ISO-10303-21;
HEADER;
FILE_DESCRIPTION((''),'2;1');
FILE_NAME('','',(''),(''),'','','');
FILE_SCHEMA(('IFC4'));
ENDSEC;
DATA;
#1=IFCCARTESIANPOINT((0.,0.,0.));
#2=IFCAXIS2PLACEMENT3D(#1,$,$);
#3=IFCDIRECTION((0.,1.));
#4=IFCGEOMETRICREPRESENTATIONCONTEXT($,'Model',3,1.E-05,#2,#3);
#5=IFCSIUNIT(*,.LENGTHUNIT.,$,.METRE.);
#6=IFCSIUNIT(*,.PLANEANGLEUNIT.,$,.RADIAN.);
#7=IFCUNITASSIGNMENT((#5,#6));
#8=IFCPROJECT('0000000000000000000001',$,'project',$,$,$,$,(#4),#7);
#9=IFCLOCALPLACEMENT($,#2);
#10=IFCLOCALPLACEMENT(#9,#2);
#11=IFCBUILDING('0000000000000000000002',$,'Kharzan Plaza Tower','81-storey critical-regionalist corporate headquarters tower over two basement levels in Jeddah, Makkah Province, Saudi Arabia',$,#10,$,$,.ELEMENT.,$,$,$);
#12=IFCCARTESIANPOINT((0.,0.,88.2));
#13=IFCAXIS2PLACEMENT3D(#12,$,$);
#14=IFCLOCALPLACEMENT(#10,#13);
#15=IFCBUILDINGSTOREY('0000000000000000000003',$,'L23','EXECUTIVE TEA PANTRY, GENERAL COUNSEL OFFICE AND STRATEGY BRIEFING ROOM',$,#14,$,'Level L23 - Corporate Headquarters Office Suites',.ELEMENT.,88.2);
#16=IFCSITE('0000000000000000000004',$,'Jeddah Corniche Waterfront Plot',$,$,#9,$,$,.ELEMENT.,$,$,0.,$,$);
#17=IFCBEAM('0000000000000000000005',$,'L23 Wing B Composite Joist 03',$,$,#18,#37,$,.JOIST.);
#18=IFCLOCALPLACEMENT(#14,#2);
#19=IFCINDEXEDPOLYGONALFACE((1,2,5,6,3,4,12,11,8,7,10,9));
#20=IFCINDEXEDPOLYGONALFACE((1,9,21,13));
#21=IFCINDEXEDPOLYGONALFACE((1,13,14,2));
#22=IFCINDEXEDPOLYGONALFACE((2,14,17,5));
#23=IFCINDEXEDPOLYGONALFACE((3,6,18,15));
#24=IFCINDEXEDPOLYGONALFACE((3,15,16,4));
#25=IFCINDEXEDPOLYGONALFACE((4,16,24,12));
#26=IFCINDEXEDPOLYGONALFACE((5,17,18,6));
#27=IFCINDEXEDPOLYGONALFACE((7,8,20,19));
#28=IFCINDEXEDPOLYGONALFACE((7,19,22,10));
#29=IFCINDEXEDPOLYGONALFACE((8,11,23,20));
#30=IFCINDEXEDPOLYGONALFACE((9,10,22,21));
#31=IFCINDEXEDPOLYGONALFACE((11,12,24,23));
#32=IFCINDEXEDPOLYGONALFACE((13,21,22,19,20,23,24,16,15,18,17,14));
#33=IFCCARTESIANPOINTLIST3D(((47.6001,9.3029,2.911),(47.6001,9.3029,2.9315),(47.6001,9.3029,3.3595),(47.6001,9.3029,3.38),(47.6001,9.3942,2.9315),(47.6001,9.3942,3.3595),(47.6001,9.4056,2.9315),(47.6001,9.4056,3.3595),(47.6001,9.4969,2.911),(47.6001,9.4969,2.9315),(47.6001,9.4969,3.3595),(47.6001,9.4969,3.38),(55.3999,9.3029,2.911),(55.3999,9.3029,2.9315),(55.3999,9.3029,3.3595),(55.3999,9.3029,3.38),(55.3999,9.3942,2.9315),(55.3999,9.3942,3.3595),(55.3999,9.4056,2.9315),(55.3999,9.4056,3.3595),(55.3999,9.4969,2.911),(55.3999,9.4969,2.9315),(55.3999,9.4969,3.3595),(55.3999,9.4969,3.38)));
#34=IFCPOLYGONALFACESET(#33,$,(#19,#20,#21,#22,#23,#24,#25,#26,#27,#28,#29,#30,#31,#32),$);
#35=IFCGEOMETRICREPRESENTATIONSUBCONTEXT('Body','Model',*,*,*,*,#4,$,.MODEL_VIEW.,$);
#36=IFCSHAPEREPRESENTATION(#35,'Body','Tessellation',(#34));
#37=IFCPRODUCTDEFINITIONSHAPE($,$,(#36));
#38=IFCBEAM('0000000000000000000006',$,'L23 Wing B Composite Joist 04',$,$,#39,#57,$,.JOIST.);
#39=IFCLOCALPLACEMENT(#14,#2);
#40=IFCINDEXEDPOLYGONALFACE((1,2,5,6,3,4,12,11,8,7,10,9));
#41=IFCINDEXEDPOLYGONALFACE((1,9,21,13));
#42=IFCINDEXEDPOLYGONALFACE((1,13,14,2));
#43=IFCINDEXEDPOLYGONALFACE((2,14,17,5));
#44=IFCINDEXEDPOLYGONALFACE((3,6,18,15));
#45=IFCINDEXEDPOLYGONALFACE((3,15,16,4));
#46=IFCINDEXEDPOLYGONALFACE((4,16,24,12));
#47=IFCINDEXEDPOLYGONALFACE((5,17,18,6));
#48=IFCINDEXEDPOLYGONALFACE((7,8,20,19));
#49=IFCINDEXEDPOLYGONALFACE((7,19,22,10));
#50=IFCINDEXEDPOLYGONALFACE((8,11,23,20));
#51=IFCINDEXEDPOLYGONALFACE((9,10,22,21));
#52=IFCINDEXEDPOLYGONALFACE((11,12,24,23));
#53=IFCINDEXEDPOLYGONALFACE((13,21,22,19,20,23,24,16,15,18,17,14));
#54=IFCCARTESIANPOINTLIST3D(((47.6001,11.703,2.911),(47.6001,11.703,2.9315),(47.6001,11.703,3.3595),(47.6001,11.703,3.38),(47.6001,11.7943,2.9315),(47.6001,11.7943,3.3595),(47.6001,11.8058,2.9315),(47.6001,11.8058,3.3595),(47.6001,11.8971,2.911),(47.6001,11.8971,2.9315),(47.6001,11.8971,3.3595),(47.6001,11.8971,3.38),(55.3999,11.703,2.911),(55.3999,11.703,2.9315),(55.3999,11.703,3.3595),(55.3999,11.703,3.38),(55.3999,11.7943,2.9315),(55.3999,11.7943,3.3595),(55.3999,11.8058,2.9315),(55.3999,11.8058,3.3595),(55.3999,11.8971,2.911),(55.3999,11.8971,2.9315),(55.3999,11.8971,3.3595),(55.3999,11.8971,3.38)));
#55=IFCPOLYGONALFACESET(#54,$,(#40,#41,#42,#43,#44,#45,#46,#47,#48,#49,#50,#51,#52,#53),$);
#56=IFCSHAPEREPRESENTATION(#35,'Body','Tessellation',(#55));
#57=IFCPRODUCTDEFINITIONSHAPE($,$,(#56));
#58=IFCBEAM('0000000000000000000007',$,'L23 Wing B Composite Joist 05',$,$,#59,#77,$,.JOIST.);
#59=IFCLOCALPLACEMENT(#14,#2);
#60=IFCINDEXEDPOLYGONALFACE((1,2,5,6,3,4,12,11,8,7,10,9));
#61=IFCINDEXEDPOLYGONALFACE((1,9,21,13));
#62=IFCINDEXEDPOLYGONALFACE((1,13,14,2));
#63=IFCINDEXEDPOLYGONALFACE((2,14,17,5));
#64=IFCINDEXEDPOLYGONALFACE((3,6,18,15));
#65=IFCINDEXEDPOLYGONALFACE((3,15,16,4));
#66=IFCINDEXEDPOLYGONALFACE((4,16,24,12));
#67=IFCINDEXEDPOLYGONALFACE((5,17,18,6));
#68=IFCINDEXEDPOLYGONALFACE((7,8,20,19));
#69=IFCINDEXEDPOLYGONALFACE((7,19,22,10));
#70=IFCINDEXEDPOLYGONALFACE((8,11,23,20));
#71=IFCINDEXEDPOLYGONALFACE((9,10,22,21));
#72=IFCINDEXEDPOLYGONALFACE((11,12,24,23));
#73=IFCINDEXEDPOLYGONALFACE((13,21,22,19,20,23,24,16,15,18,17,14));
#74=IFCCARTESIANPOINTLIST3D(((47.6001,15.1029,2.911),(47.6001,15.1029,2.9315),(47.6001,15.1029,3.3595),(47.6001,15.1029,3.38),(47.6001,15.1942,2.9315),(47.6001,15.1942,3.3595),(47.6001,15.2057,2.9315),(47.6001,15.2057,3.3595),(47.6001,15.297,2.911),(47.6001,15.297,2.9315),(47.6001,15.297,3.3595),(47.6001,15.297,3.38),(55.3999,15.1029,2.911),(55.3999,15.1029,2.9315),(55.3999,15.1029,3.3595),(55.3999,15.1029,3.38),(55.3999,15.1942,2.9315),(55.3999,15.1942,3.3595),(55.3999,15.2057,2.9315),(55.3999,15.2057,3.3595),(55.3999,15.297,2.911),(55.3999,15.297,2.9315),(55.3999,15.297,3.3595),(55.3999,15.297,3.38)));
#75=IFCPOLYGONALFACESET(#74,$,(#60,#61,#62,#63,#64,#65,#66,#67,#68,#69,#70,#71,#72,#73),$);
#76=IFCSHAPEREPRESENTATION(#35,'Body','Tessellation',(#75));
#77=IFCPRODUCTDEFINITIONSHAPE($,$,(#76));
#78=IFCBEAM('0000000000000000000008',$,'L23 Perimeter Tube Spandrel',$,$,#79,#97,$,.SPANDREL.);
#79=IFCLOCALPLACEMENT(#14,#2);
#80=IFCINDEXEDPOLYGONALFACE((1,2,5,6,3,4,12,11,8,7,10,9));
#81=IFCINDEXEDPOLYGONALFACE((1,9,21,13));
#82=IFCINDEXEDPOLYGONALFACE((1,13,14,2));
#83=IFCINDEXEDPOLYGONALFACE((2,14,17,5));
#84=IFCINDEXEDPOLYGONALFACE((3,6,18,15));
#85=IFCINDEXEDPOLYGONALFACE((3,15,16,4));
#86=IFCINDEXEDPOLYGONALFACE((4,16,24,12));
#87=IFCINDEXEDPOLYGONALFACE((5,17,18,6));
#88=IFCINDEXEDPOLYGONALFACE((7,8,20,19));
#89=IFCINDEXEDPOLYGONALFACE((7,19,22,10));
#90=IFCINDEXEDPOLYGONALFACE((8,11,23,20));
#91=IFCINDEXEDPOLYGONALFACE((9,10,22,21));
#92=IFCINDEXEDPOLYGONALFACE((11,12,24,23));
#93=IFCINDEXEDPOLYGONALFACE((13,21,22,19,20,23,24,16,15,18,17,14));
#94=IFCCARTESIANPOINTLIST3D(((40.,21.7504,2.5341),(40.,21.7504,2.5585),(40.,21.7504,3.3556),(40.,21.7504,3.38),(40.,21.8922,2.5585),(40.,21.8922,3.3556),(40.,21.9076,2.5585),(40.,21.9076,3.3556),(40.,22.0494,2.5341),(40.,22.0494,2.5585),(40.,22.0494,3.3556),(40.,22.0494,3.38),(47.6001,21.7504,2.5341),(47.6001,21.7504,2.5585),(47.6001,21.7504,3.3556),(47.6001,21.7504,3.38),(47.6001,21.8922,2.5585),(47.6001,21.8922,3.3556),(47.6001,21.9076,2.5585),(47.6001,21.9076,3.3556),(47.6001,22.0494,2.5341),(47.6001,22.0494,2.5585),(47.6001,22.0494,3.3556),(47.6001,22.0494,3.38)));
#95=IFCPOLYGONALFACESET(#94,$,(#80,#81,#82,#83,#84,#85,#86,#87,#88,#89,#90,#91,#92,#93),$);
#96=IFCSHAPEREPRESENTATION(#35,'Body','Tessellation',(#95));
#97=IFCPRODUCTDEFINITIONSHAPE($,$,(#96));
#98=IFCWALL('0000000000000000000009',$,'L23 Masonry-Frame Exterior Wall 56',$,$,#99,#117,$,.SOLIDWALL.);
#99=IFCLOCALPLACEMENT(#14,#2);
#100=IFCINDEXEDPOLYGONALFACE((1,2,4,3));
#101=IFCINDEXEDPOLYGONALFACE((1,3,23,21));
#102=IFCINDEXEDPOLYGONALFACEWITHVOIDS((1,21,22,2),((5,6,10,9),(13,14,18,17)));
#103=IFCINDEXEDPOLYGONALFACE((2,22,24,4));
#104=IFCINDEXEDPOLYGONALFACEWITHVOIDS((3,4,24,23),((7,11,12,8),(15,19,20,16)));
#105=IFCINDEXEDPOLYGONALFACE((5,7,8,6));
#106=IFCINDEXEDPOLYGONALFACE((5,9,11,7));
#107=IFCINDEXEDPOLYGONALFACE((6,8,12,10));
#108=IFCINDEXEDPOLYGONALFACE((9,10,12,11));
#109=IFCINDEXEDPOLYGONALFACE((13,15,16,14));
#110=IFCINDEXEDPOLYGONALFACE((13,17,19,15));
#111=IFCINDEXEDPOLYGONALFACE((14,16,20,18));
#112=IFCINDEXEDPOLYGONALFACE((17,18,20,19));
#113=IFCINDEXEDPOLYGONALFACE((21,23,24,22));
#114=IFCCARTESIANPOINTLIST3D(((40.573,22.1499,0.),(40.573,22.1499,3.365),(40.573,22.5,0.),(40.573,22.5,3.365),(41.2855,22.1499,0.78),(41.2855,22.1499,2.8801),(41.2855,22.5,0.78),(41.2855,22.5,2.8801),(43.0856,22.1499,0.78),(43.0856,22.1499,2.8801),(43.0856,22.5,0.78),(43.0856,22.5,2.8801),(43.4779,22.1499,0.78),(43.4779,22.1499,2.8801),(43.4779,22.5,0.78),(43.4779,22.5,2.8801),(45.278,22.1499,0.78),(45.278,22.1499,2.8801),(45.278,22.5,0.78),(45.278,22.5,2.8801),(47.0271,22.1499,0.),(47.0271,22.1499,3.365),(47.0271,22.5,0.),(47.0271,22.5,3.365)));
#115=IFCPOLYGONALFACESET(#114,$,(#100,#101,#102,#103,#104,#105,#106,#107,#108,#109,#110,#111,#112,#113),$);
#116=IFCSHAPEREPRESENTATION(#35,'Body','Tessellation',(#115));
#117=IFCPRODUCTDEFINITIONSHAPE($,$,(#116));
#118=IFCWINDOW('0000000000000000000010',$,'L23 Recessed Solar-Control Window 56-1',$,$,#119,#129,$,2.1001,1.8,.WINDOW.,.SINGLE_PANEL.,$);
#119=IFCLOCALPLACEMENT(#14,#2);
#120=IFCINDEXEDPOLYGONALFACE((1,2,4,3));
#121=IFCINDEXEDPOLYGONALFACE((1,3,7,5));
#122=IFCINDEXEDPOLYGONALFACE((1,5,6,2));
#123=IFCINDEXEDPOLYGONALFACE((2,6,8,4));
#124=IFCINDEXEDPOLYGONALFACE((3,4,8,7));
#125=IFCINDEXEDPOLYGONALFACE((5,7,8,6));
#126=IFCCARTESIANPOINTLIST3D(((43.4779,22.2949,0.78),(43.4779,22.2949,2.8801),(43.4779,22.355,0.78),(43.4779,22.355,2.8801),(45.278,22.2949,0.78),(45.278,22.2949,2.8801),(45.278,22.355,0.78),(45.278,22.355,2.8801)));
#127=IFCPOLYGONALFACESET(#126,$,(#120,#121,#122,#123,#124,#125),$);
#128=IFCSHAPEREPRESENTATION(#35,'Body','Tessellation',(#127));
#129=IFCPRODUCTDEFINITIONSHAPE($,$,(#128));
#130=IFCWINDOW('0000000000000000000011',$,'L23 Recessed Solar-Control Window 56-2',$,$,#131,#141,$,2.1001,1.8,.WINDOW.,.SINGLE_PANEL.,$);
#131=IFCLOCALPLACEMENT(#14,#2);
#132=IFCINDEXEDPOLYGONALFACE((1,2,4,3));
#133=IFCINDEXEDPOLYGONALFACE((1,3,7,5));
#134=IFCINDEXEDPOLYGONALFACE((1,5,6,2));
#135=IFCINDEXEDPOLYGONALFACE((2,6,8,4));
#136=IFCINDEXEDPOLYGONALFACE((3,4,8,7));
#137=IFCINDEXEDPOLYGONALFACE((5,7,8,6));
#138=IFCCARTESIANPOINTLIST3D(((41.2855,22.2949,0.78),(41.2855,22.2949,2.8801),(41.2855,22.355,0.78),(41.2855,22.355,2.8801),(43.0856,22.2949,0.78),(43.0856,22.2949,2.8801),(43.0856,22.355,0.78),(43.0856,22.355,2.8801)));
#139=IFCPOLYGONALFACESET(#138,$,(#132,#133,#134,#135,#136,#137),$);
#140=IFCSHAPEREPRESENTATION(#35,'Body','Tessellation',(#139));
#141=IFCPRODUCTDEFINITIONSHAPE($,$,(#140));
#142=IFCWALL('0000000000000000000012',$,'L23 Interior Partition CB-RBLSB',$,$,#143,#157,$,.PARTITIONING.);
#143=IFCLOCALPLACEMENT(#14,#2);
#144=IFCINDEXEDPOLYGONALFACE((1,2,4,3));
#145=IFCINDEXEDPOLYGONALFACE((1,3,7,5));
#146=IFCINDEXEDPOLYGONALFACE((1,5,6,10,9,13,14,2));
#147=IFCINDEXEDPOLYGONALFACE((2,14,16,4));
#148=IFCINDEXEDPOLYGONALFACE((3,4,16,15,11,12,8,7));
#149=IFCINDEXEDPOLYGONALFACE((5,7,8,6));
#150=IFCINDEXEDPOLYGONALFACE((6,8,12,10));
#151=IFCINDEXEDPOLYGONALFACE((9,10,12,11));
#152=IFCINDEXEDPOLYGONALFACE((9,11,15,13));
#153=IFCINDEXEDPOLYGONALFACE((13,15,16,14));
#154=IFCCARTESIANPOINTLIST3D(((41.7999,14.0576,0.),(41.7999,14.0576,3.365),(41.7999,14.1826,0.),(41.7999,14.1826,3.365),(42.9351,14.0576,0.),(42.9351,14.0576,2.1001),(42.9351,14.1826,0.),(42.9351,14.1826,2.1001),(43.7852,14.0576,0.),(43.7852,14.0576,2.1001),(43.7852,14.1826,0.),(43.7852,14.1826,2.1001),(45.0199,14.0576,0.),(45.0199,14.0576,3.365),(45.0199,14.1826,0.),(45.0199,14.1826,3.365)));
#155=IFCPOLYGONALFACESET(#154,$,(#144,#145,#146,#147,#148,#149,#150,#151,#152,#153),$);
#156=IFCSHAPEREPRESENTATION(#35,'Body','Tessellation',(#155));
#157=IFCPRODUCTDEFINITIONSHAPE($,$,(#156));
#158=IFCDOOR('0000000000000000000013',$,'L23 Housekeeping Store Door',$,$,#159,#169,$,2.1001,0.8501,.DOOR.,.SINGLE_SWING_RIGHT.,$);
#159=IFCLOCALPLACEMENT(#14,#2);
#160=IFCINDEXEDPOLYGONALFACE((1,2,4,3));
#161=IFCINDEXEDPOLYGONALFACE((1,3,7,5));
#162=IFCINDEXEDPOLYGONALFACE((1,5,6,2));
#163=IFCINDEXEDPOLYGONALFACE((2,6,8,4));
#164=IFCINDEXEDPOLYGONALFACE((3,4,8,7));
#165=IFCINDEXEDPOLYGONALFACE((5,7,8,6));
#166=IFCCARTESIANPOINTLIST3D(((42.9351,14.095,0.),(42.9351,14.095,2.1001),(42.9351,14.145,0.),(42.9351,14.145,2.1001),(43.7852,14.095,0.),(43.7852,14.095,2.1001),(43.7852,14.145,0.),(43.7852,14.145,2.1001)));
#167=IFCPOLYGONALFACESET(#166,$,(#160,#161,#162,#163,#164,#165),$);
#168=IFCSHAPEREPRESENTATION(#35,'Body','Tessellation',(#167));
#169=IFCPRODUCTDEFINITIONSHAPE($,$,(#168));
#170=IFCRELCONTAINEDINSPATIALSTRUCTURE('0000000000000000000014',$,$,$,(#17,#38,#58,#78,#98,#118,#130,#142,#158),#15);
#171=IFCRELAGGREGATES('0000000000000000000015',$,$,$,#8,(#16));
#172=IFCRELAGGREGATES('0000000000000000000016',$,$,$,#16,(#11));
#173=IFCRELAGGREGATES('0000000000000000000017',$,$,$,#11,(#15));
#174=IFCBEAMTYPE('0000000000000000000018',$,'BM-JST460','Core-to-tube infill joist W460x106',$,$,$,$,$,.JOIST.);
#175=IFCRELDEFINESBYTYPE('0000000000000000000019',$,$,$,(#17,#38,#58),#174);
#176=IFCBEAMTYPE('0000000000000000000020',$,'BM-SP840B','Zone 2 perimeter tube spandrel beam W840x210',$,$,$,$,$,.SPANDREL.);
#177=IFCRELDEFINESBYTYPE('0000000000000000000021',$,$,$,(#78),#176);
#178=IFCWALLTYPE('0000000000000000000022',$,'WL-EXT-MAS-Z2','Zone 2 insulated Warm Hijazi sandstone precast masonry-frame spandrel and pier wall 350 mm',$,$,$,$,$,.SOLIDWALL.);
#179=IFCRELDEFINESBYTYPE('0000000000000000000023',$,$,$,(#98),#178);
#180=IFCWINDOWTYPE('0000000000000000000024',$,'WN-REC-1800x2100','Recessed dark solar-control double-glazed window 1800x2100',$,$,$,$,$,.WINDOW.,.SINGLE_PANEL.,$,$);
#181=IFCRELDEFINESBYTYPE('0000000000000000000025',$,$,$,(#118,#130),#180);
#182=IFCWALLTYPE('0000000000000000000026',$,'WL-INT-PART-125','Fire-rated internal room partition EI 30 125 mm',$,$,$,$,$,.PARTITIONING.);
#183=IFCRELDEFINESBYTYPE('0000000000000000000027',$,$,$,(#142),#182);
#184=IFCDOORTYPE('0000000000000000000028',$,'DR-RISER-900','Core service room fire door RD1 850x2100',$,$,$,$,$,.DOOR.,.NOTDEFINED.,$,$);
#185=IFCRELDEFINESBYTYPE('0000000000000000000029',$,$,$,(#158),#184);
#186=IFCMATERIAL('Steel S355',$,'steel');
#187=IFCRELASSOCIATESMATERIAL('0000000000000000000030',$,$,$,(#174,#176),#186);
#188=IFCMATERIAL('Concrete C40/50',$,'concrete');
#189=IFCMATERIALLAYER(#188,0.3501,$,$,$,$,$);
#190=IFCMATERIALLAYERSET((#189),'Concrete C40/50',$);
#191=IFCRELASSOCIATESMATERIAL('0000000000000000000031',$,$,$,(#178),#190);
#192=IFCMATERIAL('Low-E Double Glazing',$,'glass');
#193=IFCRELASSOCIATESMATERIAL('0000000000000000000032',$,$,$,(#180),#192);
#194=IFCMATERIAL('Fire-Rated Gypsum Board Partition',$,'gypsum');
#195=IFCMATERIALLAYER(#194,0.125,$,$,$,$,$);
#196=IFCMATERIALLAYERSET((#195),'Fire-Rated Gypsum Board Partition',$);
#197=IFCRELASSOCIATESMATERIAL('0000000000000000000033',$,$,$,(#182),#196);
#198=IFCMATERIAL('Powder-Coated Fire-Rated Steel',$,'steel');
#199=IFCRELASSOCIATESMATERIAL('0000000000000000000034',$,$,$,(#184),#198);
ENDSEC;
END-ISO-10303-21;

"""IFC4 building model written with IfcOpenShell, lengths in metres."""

from ifc_helpers import new_model, si_unit, direction, frame, frame_2d, origin, origin_2d, place, context, subcontext, project, spatial, rectangle, i_section, extrude, source, transform, mapped, material, layer, layer_set, material_profile, profile_set, type_object, element, fill, save


model = new_model("IFC4")

# Units and contexts
model_context = context("Model", 3, precision=1e-05, world=origin(), true_north=direction((0.0, 1.0)))
body_context = subcontext(model_context, "Body", "Model", "MODEL_VIEW")
ifc_project = project(units=[si_unit("LENGTHUNIT", "METRE"), si_unit("PLANEANGLEUNIT", "RADIAN")], contexts=[model_context])

# Site, building, storey
site_placement = place(None, origin())
site = spatial("IfcSite", under=ifc_project, at=site_placement, Name="Jeddah Corniche Waterfront Plot", CompositionType="ELEMENT", RefElevation=0.0)
building_placement = place(site_placement, origin())
building = spatial("IfcBuilding", under=site, at=building_placement, Name="Kharzan Plaza Tower", Description="81-storey critical-regionalist corporate headquarters tower over two basement levels in Jeddah, Makkah Province, Saudi Arabia", CompositionType="ELEMENT")
storey_placement = place(building_placement, frame((0.0, 0.0, 88.2)))
storey = spatial("IfcBuildingStorey", under=building, at=storey_placement, Name="L23", Description="EXECUTIVE TEA PANTRY, GENERAL COUNSEL OFFICE AND STRATEGY BRIEFING ROOM", LongName="Level L23 - Corporate Headquarters Office Suites", CompositionType="ELEMENT", Elevation=88.2)

# Beams
ifc_material_1 = material(Name="Steel S355", Category="steel")
ifc_material_profile_1 = material_profile(ifc_material_1, i_section(OverallWidth=0.1941, OverallDepth=0.469, WebThickness=0.0115, FlangeThickness=0.0205, at=origin_2d()), Name="W460x106")
ifc_profile_set_1 = profile_set([ifc_material_profile_1], Name="Steel S355")
beam_type_1 = type_object("IfcBeamType", Name="BM-JST460", Description="Core-to-tube infill joist W460x106", PredefinedType="JOIST", material=ifc_profile_set_1)
shared_shape_1 = source(origin(), body_context, "Body", "SweptSolid", [
    extrude(i_section(OverallWidth=0.1941, OverallDepth=0.469, WebThickness=0.0115, FlangeThickness=0.0205, at=origin_2d()), origin(), (0.0, 0.0, 1.0), 7.7998),
])
for number, where, z_axis, x_axis, name in (
    (1, (47.6001, 9.3999, 3.1455), (1.0, 0.0, 0.0), (0.0, 1.0, 0.0), "L23 Wing B Composite Joist 03"),
    (2, (47.6001, 11.8, 3.1455), (1.0, 0.0, 0.0), (0.0, 1.0, 0.0), "L23 Wing B Composite Joist 04"),
    (3, (47.6001, 15.2, 3.1455), (1.0, 0.0, 0.0), (0.0, 1.0, 0.0), "L23 Wing B Composite Joist 05"),
):
    element("IfcBeam", number, at=place(storey_placement, frame(where, z_axis=z_axis, x_axis=x_axis)), inside=storey, type_object=beam_type_1, Name=name, PredefinedType="JOIST", context=body_context, shape_type="MappedRepresentation", body=[
        mapped(shared_shape_1, transform((0.0, 0.0, 0.0), x_axis=(1.0, 0.0, 0.0), y_axis=(0.0, 1.0, 0.0), z_axis=(0.0, 0.0, 1.0))),
    ])
ifc_material_profile_2 = material_profile(ifc_material_1, i_section(OverallWidth=0.2991, OverallDepth=0.8459, WebThickness=0.0154, FlangeThickness=0.0244, at=origin_2d()), Name="W840x210")
ifc_profile_set_2 = profile_set([ifc_material_profile_2], Name="Steel S355")
beam_type_2 = type_object("IfcBeamType", Name="BM-SP840B", Description="Zone 2 perimeter tube spandrel beam W840x210", PredefinedType="SPANDREL", material=ifc_profile_set_2)
shared_shape_2 = source(origin(), body_context, "Body", "SweptSolid", [
    extrude(i_section(OverallWidth=0.2991, OverallDepth=0.8459, WebThickness=0.0154, FlangeThickness=0.0244, at=origin_2d()), origin(), (0.0, 0.0, 1.0), 7.6001),
])
beam_1_placement = place(storey_placement, frame((40.0, 21.8999, 2.957), z_axis=(1.0, 0.0, 0.0), x_axis=(0.0, 1.0, 0.0)))
element("IfcBeam", 4, at=beam_1_placement, inside=storey, type_object=beam_type_2, Name="L23 Perimeter Tube Spandrel", PredefinedType="SPANDREL", context=body_context, shape_type="MappedRepresentation", body=[
    mapped(shared_shape_2, transform((0.0, 0.0, 0.0), x_axis=(1.0, 0.0, 0.0), y_axis=(0.0, 1.0, 0.0), z_axis=(0.0, 0.0, 1.0))),
])

# Wall, openings, windows
ifc_material_2 = material(Name="Concrete C40/50", Category="concrete")
ifc_layer_1 = layer(ifc_material_2, 0.3501)
ifc_layer_set_1 = layer_set([ifc_layer_1], Name="Concrete C40/50")
wall_type_1 = type_object("IfcWallType", Name="WL-EXT-MAS-Z2", Description="Zone 2 insulated Warm Hijazi sandstone precast masonry-frame spandrel and pier wall 350 mm", PredefinedType="SOLIDWALL", material=ifc_layer_set_1)
wall_1_placement = place(storey_placement, frame((47.0271, 22.325, 0.0), z_axis=(0.0, 0.0, 1.0), x_axis=(-1.0, 0.0, 0.0)))
wall_1 = element("IfcWall", 5, at=wall_1_placement, inside=storey, type_object=wall_type_1, Name="L23 Masonry-Frame Exterior Wall 56", PredefinedType="SOLIDWALL", context=body_context, shape_type="SweptSolid", body=[
    extrude(rectangle(XDim=6.4541, YDim=0.3501, at=frame_2d((3.2271, 0.0))), origin(), (0.0, 0.0, 1.0), 3.365),
])
opening_1_placement = place(wall_1_placement, frame((1.7493, 0.0, 0.78)))
opening_1 = element("IfcOpeningElement", 6, at=opening_1_placement, cuts=wall_1, PredefinedType="OPENING", context=body_context, shape_type="SweptSolid", body=[
    extrude(rectangle(XDim=1.8, YDim=2.1001, at=frame_2d((0.8999, 1.05))), frame((0.0, 0.1851, 0.0), z_axis=(0.0, -1.0, 0.0), x_axis=(1.0, 0.0, 0.0)), (0.0, 0.0, 1.0), 0.3701),
])
opening_2_placement = place(wall_1_placement, frame((3.9417, 0.0, 0.78)))
opening_2 = element("IfcOpeningElement", 7, at=opening_2_placement, cuts=wall_1, PredefinedType="OPENING", context=body_context, shape_type="SweptSolid", body=[
    extrude(rectangle(XDim=1.8, YDim=2.1001, at=frame_2d((0.8999, 1.05))), frame((0.0, 0.1851, 0.0), z_axis=(0.0, -1.0, 0.0), x_axis=(1.0, 0.0, 0.0)), (0.0, 0.0, 1.0), 0.3701),
])
ifc_material_3 = material(Name="Low-E Double Glazing", Category="glass")
window_type = type_object("IfcWindowType", Name="WN-REC-1800x2100", Description="Recessed dark solar-control double-glazed window 1800x2100", PartitioningType="SINGLE_PANEL", PredefinedType="WINDOW", material=ifc_material_3)
shared_shape_3 = source(origin(), body_context, "Body", "SweptSolid", [
    extrude(rectangle(XDim=1.8, YDim=2.1001, at=frame_2d((0.8999, 1.05))), frame((0.0, 0.03, 0.0), z_axis=(0.0, -1.0, 0.0), x_axis=(1.0, 0.0, 0.0)), (0.0, 0.0, 1.0), 0.0601),
])
window_1_placement = place(opening_1_placement, origin())
window_1 = element("IfcWindow", 8, at=window_1_placement, inside=storey, type_object=window_type, Name="L23 Recessed Solar-Control Window 56-1", OverallHeight=2.1001, OverallWidth=1.8, PartitioningType="SINGLE_PANEL", PredefinedType="WINDOW", context=body_context, shape_type="MappedRepresentation", body=[
    mapped(shared_shape_3, transform((0.0, 0.0, 0.0), x_axis=(1.0, 0.0, 0.0), y_axis=(0.0, 1.0, 0.0), z_axis=(0.0, 0.0, 1.0))),
])
fill(opening_1, window_1)
window_2_placement = place(opening_2_placement, origin())
window_2 = element("IfcWindow", 9, at=window_2_placement, inside=storey, type_object=window_type, Name="L23 Recessed Solar-Control Window 56-2", OverallHeight=2.1001, OverallWidth=1.8, PartitioningType="SINGLE_PANEL", PredefinedType="WINDOW", context=body_context, shape_type="MappedRepresentation", body=[
    mapped(shared_shape_3, transform((0.0, 0.0, 0.0), x_axis=(1.0, 0.0, 0.0), y_axis=(0.0, 1.0, 0.0), z_axis=(0.0, 0.0, 1.0))),
])
fill(opening_2, window_2)

# Wall, opening, door
ifc_material_4 = material(Name="Fire-Rated Gypsum Board Partition", Category="gypsum")
ifc_layer_2 = layer(ifc_material_4, 0.125)
ifc_layer_set_2 = layer_set([ifc_layer_2], Name="Fire-Rated Gypsum Board Partition")
wall_type_2 = type_object("IfcWallType", Name="WL-INT-PART-125", Description="Fire-rated internal room partition EI 30 125 mm", PredefinedType="PARTITIONING", material=ifc_layer_set_2)
wall_2_placement = place(storey_placement, frame((41.8, 14.1201, 0.0), z_axis=(0.0, 0.0, 1.0), x_axis=(1.0, 0.0, 0.0)))
wall_2 = element("IfcWall", 10, at=wall_2_placement, inside=storey, type_object=wall_type_2, Name="L23 Interior Partition CB-RBLSB", PredefinedType="PARTITIONING", context=body_context, shape_type="SweptSolid", body=[
    extrude(rectangle(XDim=3.22, YDim=0.125, at=frame_2d((1.6099, 0.0))), origin(), (0.0, 0.0, 1.0), 3.365),
])
opening_3_placement = place(wall_2_placement, frame((1.135, 0.0, 0.0)))
opening_3 = element("IfcOpeningElement", 11, at=opening_3_placement, cuts=wall_2, PredefinedType="OPENING", context=body_context, shape_type="SweptSolid", body=[
    extrude(rectangle(XDim=0.8501, YDim=2.1001, at=frame_2d((0.425, 1.05))), frame((0.0, 0.0725, 0.0), z_axis=(0.0, -1.0, 0.0), x_axis=(1.0, 0.0, 0.0)), (0.0, 0.0, 1.0), 0.145),
])
ifc_material_5 = material(Name="Powder-Coated Fire-Rated Steel", Category="steel")
door_type_1 = type_object("IfcDoorType", Name="DR-RISER-900", Description="Core service room fire door RD1 850x2100", OperationType="NOTDEFINED", PredefinedType="DOOR", material=ifc_material_5)
shared_shape_4 = source(origin(), body_context, "Body", "SweptSolid", [
    extrude(rectangle(XDim=0.8501, YDim=2.1001, at=frame_2d((0.425, 1.05))), frame((0.0, 0.0249, 0.0), z_axis=(0.0, -1.0, 0.0), x_axis=(1.0, 0.0, 0.0)), (0.0, 0.0, 1.0), 0.05),
])
door_1_placement = place(opening_3_placement, origin())
door_1 = element("IfcDoor", 12, at=door_1_placement, inside=storey, type_object=door_type_1, Name="L23 Housekeeping Store Door", OperationType="SINGLE_SWING_RIGHT", OverallHeight=2.1001, OverallWidth=0.8501, PredefinedType="DOOR", context=body_context, shape_type="MappedRepresentation", body=[
    mapped(shared_shape_4, transform((0.0, 0.0, 0.0), x_axis=(1.0, 0.0, 0.0), y_axis=(0.0, 1.0, 0.0), z_axis=(0.0, 0.0, 1.0))),
])
fill(opening_3, door_1)

save(model, "model.ifc")
